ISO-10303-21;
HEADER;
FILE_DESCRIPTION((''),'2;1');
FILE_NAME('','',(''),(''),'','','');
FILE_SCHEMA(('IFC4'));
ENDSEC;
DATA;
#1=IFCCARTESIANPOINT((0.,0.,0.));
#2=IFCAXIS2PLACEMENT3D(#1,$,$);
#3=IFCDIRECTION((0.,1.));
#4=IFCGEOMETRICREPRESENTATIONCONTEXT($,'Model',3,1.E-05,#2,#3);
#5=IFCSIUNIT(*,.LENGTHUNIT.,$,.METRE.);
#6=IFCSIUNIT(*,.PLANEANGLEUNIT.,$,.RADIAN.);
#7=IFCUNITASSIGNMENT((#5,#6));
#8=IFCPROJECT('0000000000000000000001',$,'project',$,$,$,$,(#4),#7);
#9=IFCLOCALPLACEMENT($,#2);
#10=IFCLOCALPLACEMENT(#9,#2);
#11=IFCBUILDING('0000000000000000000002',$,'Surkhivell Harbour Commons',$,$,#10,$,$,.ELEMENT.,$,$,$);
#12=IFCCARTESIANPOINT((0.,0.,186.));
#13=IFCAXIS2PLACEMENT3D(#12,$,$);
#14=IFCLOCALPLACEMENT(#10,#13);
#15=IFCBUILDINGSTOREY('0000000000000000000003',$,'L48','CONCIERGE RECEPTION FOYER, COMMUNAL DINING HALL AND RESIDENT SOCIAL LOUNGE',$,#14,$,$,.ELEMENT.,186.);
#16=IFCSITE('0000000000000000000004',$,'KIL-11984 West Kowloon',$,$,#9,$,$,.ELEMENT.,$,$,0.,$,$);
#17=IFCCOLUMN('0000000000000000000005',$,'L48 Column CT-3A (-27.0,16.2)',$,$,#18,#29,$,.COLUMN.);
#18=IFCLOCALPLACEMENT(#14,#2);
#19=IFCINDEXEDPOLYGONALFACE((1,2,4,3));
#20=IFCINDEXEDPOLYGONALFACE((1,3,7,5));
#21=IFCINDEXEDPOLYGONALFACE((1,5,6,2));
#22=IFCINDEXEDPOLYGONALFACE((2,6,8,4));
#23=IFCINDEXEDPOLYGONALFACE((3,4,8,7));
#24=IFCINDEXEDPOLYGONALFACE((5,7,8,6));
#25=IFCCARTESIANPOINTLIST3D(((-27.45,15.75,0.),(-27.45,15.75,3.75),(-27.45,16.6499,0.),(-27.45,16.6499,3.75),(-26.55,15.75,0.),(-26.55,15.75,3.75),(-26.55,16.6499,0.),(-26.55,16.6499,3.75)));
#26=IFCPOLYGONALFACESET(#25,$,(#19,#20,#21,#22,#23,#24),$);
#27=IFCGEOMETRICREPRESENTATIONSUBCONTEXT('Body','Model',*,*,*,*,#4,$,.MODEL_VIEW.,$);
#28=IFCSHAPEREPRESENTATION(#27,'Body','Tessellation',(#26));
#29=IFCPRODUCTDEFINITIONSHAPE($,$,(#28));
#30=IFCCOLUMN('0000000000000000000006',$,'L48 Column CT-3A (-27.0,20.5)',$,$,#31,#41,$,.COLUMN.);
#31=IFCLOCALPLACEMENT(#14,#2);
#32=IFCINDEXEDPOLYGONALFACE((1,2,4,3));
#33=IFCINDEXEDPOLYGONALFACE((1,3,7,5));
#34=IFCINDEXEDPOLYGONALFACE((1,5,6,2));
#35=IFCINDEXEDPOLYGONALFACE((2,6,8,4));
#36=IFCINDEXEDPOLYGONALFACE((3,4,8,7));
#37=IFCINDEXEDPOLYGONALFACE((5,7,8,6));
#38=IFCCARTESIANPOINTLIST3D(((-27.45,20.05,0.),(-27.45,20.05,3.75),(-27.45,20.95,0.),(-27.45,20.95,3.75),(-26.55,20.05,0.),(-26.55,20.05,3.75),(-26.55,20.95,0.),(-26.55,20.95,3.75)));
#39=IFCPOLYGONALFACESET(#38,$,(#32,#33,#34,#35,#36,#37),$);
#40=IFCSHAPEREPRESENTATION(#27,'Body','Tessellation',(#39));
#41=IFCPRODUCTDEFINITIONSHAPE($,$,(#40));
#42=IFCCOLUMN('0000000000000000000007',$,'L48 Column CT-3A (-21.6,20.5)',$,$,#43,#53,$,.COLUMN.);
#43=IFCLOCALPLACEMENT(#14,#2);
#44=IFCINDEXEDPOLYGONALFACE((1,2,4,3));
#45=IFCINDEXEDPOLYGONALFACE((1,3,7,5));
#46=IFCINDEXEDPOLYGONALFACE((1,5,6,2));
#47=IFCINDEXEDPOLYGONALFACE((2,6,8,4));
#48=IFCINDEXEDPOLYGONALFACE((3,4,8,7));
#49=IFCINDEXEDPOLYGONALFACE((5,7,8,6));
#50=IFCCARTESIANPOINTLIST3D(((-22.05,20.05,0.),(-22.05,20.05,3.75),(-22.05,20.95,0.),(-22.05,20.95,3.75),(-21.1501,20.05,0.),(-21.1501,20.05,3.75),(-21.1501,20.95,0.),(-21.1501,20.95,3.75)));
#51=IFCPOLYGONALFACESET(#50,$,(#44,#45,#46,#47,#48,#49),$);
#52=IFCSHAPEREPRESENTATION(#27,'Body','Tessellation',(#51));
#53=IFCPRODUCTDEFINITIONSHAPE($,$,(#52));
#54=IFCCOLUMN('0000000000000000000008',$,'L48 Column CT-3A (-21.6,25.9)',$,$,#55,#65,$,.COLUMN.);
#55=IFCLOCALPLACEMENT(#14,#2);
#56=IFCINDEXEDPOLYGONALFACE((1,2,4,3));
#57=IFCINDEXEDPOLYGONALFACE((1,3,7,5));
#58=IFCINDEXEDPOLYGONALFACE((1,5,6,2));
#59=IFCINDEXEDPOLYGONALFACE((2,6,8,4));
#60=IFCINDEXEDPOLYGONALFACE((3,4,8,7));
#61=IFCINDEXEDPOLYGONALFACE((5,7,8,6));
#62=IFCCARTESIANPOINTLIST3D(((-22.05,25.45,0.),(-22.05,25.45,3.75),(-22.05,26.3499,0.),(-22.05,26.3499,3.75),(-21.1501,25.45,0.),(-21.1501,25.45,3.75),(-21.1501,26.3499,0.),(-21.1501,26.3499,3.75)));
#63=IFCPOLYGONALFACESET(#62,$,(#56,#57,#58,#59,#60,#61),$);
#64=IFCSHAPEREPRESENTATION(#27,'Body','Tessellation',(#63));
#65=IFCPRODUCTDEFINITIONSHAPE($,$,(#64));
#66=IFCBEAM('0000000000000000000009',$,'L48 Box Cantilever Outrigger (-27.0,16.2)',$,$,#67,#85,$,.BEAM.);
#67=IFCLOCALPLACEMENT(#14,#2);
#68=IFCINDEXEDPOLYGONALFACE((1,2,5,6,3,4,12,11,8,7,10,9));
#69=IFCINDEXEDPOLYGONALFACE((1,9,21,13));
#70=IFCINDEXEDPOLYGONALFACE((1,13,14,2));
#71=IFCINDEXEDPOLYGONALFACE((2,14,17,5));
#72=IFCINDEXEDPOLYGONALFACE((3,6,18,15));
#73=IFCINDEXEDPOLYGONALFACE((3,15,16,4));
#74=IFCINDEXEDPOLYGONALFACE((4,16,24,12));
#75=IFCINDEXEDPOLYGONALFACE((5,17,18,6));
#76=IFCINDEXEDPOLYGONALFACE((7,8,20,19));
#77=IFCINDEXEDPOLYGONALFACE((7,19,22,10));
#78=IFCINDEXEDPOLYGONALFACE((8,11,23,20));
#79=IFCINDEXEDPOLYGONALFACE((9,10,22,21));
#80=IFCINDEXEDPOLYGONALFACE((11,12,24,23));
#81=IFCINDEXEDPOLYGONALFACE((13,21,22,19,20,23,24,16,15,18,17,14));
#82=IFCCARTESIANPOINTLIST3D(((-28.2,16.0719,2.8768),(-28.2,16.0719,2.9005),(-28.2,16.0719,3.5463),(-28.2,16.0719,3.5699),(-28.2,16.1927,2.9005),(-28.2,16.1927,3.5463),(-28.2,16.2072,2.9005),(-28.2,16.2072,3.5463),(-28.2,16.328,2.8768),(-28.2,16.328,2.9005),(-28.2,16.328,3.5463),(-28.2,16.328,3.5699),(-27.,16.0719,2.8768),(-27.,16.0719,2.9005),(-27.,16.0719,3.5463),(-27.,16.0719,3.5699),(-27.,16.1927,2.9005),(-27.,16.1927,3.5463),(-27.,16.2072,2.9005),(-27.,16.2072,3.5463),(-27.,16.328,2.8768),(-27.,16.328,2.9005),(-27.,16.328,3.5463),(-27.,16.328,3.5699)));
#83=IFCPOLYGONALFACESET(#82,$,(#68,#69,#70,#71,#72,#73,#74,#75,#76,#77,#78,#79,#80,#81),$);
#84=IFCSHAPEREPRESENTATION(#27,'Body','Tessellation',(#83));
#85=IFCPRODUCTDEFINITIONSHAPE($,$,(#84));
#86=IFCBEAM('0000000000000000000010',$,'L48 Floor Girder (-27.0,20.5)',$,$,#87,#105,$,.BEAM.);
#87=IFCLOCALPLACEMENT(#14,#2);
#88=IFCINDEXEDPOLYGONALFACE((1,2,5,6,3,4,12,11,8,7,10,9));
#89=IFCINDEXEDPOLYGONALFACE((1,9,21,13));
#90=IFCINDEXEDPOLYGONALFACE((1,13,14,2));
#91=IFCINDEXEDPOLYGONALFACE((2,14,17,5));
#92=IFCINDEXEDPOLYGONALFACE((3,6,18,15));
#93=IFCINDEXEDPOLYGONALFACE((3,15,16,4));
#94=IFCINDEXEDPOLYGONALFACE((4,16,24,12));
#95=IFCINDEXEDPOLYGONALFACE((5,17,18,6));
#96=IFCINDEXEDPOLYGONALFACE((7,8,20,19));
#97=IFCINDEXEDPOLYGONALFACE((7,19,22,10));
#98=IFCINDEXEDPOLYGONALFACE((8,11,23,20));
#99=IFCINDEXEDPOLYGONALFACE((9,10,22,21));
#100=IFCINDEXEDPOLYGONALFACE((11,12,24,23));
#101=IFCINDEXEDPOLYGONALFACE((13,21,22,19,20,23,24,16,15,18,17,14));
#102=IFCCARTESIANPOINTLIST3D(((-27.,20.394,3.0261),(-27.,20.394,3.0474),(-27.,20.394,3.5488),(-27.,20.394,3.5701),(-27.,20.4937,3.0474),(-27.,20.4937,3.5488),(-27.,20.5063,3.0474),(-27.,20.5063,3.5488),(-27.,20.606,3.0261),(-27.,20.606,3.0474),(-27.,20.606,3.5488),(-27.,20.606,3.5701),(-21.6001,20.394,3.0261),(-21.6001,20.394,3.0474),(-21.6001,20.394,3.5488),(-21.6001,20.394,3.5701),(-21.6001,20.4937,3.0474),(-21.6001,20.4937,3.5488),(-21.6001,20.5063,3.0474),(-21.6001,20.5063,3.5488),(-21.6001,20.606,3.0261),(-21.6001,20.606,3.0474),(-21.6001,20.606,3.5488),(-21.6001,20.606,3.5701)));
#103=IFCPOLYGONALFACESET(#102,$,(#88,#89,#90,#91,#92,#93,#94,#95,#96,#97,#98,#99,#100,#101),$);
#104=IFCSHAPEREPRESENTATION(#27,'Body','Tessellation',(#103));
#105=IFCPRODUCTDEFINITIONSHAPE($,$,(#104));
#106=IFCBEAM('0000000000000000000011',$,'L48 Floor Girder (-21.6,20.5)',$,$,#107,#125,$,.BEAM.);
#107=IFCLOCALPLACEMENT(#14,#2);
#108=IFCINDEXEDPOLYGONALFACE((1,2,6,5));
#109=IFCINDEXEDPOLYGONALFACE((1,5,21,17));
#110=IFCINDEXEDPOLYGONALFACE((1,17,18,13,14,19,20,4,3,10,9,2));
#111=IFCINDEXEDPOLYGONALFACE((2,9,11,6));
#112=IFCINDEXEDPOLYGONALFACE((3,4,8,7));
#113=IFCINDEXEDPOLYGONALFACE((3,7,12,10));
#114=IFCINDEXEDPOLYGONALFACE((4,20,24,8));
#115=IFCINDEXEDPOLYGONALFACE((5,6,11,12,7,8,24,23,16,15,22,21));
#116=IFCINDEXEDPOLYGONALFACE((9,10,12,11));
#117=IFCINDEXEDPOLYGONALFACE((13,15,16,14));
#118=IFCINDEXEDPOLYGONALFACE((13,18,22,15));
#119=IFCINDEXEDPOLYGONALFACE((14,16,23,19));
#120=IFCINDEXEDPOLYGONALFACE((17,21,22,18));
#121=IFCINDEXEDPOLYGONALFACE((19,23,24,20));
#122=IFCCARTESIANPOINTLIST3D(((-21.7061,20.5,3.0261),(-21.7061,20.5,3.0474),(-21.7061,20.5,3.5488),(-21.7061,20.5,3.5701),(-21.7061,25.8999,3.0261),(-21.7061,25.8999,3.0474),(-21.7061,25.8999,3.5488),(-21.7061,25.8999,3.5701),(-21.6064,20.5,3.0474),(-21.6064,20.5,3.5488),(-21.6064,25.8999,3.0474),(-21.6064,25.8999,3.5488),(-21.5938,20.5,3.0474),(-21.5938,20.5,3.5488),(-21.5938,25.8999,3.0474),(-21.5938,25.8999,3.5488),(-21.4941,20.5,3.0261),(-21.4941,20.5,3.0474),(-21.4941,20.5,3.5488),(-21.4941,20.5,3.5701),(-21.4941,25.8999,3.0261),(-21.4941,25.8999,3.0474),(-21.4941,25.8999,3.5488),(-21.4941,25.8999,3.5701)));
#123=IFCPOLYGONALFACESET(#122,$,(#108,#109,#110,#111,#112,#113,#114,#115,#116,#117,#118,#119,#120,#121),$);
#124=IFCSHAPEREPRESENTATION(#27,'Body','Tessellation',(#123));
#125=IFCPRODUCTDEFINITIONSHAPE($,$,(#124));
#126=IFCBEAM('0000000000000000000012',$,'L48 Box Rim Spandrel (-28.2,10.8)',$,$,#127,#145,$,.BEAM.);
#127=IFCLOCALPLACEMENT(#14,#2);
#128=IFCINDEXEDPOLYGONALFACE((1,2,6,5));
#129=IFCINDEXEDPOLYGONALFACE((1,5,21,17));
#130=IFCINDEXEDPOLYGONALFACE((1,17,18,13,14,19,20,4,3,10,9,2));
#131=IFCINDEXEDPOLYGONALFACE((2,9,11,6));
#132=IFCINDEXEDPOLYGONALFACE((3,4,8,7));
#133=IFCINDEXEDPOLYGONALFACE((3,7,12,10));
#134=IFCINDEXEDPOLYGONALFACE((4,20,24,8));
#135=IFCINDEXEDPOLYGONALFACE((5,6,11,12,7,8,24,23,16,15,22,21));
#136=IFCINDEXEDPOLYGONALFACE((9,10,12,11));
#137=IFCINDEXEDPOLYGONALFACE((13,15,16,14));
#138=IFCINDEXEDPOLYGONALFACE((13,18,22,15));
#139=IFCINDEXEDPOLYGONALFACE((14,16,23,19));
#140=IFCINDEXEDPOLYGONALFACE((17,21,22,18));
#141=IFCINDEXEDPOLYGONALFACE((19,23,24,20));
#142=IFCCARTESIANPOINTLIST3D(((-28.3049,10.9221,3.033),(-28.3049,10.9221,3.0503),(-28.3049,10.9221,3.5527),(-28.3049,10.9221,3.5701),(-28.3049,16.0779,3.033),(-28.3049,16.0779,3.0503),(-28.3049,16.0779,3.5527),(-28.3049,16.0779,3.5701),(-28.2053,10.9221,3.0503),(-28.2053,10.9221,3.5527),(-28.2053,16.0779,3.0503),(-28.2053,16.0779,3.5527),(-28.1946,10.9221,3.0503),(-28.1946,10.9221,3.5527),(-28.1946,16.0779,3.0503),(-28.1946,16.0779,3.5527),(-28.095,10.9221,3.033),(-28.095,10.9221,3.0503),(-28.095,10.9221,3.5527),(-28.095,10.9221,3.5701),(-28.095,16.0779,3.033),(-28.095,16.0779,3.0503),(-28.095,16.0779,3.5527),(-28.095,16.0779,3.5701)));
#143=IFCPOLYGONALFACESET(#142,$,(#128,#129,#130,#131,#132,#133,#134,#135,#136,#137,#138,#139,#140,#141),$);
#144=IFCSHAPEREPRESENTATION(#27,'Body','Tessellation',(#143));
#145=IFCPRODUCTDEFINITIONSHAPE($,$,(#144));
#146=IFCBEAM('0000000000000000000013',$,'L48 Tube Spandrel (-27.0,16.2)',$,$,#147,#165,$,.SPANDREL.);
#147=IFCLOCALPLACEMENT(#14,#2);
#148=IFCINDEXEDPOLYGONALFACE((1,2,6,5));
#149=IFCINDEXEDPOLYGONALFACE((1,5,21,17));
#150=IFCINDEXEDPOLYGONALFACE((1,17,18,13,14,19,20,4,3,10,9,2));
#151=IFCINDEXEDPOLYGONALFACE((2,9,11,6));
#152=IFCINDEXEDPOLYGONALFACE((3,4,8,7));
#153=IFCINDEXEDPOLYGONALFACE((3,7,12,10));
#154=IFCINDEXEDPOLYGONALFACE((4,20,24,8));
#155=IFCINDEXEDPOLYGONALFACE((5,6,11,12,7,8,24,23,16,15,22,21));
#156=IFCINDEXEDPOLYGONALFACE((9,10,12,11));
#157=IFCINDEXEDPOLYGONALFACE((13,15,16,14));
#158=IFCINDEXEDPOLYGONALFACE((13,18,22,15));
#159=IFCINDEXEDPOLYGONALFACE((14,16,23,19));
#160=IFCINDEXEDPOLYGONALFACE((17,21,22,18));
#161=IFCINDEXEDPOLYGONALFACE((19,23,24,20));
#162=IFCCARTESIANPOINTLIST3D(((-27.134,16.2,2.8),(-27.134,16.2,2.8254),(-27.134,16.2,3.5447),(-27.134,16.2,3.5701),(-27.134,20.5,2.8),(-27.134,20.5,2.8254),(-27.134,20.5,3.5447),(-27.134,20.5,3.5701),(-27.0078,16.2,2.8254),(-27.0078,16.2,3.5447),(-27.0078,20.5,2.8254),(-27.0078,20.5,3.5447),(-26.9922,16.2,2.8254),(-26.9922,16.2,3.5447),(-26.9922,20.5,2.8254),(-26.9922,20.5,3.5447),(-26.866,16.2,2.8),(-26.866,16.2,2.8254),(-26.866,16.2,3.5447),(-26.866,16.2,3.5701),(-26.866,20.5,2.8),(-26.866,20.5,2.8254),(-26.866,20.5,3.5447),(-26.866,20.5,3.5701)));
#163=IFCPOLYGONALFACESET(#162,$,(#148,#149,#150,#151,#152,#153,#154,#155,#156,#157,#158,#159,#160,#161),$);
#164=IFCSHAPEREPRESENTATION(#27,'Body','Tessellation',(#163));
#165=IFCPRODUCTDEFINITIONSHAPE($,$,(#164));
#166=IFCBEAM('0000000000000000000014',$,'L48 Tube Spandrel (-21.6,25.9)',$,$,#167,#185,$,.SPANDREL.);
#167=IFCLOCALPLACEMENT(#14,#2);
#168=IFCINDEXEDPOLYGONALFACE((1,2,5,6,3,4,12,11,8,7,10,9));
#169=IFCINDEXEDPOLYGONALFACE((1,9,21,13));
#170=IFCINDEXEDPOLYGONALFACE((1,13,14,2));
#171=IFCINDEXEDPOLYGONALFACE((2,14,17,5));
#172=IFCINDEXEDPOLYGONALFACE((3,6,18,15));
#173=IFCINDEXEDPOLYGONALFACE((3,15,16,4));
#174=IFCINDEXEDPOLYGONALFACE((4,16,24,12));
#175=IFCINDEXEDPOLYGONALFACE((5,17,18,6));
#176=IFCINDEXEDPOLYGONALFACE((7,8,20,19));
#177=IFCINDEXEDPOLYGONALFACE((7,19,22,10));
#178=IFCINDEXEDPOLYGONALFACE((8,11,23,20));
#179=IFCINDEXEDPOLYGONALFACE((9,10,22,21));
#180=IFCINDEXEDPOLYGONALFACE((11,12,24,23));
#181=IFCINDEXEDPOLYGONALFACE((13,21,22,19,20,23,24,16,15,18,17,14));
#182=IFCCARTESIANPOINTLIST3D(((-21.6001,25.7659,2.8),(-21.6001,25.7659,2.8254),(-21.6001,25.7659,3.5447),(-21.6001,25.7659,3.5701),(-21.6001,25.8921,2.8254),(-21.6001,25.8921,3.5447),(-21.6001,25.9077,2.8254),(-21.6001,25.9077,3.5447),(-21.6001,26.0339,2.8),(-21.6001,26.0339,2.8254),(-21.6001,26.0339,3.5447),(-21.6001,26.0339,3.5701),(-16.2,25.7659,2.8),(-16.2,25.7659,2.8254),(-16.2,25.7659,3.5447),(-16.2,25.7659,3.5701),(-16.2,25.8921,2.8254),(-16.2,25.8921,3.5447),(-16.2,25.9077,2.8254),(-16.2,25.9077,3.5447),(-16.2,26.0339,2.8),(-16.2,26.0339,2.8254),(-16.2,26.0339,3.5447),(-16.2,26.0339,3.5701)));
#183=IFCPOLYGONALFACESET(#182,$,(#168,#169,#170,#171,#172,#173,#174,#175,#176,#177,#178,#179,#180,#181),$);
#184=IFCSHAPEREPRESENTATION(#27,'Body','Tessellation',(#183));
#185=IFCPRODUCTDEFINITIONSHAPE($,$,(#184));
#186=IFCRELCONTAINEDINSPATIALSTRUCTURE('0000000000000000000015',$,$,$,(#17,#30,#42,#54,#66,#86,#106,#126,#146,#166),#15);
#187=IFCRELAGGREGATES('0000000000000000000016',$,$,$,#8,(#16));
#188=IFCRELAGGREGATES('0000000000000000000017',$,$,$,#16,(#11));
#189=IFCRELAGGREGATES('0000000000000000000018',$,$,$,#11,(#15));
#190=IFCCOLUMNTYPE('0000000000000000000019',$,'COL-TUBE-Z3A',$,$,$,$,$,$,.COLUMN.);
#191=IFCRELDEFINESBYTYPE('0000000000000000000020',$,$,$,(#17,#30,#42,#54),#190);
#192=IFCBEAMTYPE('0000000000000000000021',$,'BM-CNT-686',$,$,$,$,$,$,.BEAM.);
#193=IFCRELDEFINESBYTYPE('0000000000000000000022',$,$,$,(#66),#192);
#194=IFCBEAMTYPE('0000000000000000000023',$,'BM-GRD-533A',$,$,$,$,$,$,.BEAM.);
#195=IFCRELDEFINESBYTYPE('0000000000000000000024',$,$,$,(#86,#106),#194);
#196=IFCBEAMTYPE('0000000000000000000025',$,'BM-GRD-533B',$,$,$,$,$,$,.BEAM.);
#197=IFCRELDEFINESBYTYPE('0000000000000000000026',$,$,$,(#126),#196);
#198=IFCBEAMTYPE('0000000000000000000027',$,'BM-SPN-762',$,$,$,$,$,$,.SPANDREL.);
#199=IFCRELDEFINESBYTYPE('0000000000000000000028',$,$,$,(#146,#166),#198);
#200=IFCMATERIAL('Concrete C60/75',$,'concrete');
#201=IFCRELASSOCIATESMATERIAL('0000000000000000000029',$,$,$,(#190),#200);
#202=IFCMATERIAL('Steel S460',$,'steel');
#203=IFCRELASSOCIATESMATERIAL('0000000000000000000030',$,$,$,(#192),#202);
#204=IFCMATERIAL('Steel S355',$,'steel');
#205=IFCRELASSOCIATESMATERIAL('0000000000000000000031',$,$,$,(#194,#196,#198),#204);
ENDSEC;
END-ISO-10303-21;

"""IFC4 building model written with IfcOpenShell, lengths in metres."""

from ifc_helpers import new_model, si_unit, direction, frame, origin, origin_2d, place, context, subcontext, project, spatial, rectangle, i_section, extrude, material, material_profile, profile_set, type_object, element, save


model = new_model("IFC4")

# Units and contexts
model_context = context("Model", 3, precision=1e-05, world=origin(), true_north=direction((0.0, 1.0)))
body_context = subcontext(model_context, "Body", "Model", "MODEL_VIEW")
ifc_project = project(units=[si_unit("LENGTHUNIT", "METRE"), si_unit("PLANEANGLEUNIT", "RADIAN")], contexts=[model_context])

# Site, building, storey
site_placement = place(None, origin())
site = spatial("IfcSite", under=ifc_project, at=site_placement, Name="KIL-11984 West Kowloon", CompositionType="ELEMENT", RefElevation=0.0)
building_placement = place(site_placement, origin())
building = spatial("IfcBuilding", under=site, at=building_placement, Name="Surkhivell Harbour Commons", CompositionType="ELEMENT")
storey_placement = place(building_placement, frame((0.0, 0.0, 186.0)))
storey = spatial("IfcBuildingStorey", under=building, at=storey_placement, Name="L48", Description="CONCIERGE RECEPTION FOYER, COMMUNAL DINING HALL AND RESIDENT SOCIAL LOUNGE", CompositionType="ELEMENT", Elevation=186.0)

# Columns
ifc_material_1 = material(Name="Concrete C60/75", Category="concrete")
ifc_material_profile_1 = material_profile(ifc_material_1, rectangle(XDim=0.8999, YDim=0.8999, at=origin_2d()), Name="RC-COL-900x900")
ifc_profile_set_1 = profile_set([ifc_material_profile_1], Name="Concrete C60/75")
column_type = type_object("IfcColumnType", Name="COL-TUBE-Z3A", PredefinedType="COLUMN", material=ifc_profile_set_1)
for number, where, z_axis, x_axis, name in (
    (1, (-27.0, 16.2, 0.0), (0.0, 0.0, 1.0), (1.0, 0.0, 0.0), "L48 Column CT-3A (-27.0,16.2)"),
    (2, (-27.0, 20.5, 0.0), (0.0, 0.0, 1.0), (1.0, 0.0, 0.0), "L48 Column CT-3A (-27.0,20.5)"),
    (3, (-21.6001, 20.5, 0.0), (0.0, 0.0, 1.0), (1.0, 0.0, 0.0), "L48 Column CT-3A (-21.6,20.5)"),
    (4, (-21.6001, 25.8999, 0.0), (0.0, 0.0, 1.0), (1.0, 0.0, 0.0), "L48 Column CT-3A (-21.6,25.9)"),
):
    element("IfcColumn", number, at=place(storey_placement, frame(where, z_axis=z_axis, x_axis=x_axis)), inside=storey, type_object=column_type, Name=name, PredefinedType="COLUMN", context=body_context, shape_type="SweptSolid", body=[
        extrude(rectangle(XDim=0.8999, YDim=0.8999, at=origin_2d()), origin(), (0.0, 0.0, 1.0), 3.75),
    ])

# Beams
ifc_material_2 = material(Name="Steel S460", Category="steel")
ifc_material_profile_2 = material_profile(ifc_material_2, i_section(OverallWidth=0.2561, OverallDepth=0.6931, WebThickness=0.0144, FlangeThickness=0.0237, at=origin_2d()), Name="UB686x254x170")
ifc_profile_set_2 = profile_set([ifc_material_profile_2], Name="Steel S460")
beam_type_1 = type_object("IfcBeamType", Name="BM-CNT-686", PredefinedType="BEAM", material=ifc_profile_set_2)
beam_1_placement = place(storey_placement, frame((-27.0, 16.2, 3.2234), z_axis=(-1.0, 0.0, 0.0), x_axis=(0.0, -1.0, 0.0)))
element("IfcBeam", 5, at=beam_1_placement, inside=storey, type_object=beam_type_1, Name="L48 Box Cantilever Outrigger (-27.0,16.2)", PredefinedType="BEAM", context=body_context, shape_type="SweptSolid", body=[
    extrude(i_section(OverallWidth=0.2561, OverallDepth=0.6931, WebThickness=0.0144, FlangeThickness=0.0237, at=origin_2d()), origin(), (0.0, 0.0, 1.0), 1.2),
])
ifc_material_3 = material(Name="Steel S355", Category="steel")
ifc_material_profile_3 = material_profile(ifc_material_3, i_section(OverallWidth=0.2119, OverallDepth=0.5439, WebThickness=0.0127, FlangeThickness=0.0212, at=origin_2d()), Name="UB533x210x122")
ifc_profile_set_3 = profile_set([ifc_material_profile_3], Name="Steel S355")
beam_type_2 = type_object("IfcBeamType", Name="BM-GRD-533A", PredefinedType="BEAM", material=ifc_profile_set_3)
for number, where, z_axis, x_axis, name in (
    (6, (-27.0, 20.5, 3.2981), (1.0, 0.0, 0.0), (0.0, 1.0, 0.0), "L48 Floor Girder (-27.0,20.5)"),
    (7, (-21.6001, 20.5, 3.2981), (0.0, 1.0, 0.0), (-1.0, 0.0, 0.0), "L48 Floor Girder (-21.6,20.5)"),
):
    element("IfcBeam", number, at=place(storey_placement, frame(where, z_axis=z_axis, x_axis=x_axis)), inside=storey, type_object=beam_type_2, Name=name, PredefinedType="BEAM", context=body_context, shape_type="SweptSolid", body=[
        extrude(i_section(OverallWidth=0.2119, OverallDepth=0.5439, WebThickness=0.0127, FlangeThickness=0.0212, at=origin_2d()), origin(), (0.0, 0.0, 1.0), 5.3999),
    ])
ifc_material_profile_4 = material_profile(ifc_material_3, i_section(OverallWidth=0.21, OverallDepth=0.5371, WebThickness=0.0107, FlangeThickness=0.0173, at=origin_2d()), Name="UB533x210x101")
ifc_profile_set_4 = profile_set([ifc_material_profile_4], Name="Steel S355")
beam_type_3 = type_object("IfcBeamType", Name="BM-GRD-533B", PredefinedType="BEAM", material=ifc_profile_set_4)
beam_2_placement = place(storey_placement, frame((-28.2, 10.9221, 3.3015), z_axis=(0.0, 1.0, 0.0), x_axis=(-1.0, 0.0, 0.0)))
element("IfcBeam", 8, at=beam_2_placement, inside=storey, type_object=beam_type_3, Name="L48 Box Rim Spandrel (-28.2,10.8)", PredefinedType="BEAM", context=body_context, shape_type="SweptSolid", body=[
    extrude(i_section(OverallWidth=0.21, OverallDepth=0.5371, WebThickness=0.0107, FlangeThickness=0.0173, at=origin_2d()), origin(), (0.0, 0.0, 1.0), 5.1558),
])
ifc_material_profile_5 = material_profile(ifc_material_3, i_section(OverallWidth=0.2681, OverallDepth=0.77, WebThickness=0.0156, FlangeThickness=0.0254, at=origin_2d()), Name="UB762x267x197")
ifc_profile_set_5 = profile_set([ifc_material_profile_5], Name="Steel S355")
beam_type_4 = type_object("IfcBeamType", Name="BM-SPN-762", PredefinedType="SPANDREL", material=ifc_profile_set_5)
beam_3_placement = place(storey_placement, frame((-27.0, 16.2, 3.1851), z_axis=(0.0, 1.0, 0.0), x_axis=(-1.0, 0.0, 0.0)))
element("IfcBeam", 9, at=beam_3_placement, inside=storey, type_object=beam_type_4, Name="L48 Tube Spandrel (-27.0,16.2)", PredefinedType="SPANDREL", context=body_context, shape_type="SweptSolid", body=[
    extrude(i_section(OverallWidth=0.2681, OverallDepth=0.77, WebThickness=0.0156, FlangeThickness=0.0254, at=origin_2d()), origin(), (0.0, 0.0, 1.0), 4.3),
])
beam_4_placement = place(storey_placement, frame((-21.6001, 25.8999, 3.1851), z_axis=(1.0, 0.0, 0.0), x_axis=(0.0, 1.0, 0.0)))
element("IfcBeam", 10, at=beam_4_placement, inside=storey, type_object=beam_type_4, Name="L48 Tube Spandrel (-21.6,25.9)", PredefinedType="SPANDREL", context=body_context, shape_type="SweptSolid", body=[
    extrude(i_section(OverallWidth=0.2681, OverallDepth=0.77, WebThickness=0.0156, FlangeThickness=0.0254, at=origin_2d()), origin(), (0.0, 0.0, 1.0), 5.4001),
])

save(model, "model.ifc")
